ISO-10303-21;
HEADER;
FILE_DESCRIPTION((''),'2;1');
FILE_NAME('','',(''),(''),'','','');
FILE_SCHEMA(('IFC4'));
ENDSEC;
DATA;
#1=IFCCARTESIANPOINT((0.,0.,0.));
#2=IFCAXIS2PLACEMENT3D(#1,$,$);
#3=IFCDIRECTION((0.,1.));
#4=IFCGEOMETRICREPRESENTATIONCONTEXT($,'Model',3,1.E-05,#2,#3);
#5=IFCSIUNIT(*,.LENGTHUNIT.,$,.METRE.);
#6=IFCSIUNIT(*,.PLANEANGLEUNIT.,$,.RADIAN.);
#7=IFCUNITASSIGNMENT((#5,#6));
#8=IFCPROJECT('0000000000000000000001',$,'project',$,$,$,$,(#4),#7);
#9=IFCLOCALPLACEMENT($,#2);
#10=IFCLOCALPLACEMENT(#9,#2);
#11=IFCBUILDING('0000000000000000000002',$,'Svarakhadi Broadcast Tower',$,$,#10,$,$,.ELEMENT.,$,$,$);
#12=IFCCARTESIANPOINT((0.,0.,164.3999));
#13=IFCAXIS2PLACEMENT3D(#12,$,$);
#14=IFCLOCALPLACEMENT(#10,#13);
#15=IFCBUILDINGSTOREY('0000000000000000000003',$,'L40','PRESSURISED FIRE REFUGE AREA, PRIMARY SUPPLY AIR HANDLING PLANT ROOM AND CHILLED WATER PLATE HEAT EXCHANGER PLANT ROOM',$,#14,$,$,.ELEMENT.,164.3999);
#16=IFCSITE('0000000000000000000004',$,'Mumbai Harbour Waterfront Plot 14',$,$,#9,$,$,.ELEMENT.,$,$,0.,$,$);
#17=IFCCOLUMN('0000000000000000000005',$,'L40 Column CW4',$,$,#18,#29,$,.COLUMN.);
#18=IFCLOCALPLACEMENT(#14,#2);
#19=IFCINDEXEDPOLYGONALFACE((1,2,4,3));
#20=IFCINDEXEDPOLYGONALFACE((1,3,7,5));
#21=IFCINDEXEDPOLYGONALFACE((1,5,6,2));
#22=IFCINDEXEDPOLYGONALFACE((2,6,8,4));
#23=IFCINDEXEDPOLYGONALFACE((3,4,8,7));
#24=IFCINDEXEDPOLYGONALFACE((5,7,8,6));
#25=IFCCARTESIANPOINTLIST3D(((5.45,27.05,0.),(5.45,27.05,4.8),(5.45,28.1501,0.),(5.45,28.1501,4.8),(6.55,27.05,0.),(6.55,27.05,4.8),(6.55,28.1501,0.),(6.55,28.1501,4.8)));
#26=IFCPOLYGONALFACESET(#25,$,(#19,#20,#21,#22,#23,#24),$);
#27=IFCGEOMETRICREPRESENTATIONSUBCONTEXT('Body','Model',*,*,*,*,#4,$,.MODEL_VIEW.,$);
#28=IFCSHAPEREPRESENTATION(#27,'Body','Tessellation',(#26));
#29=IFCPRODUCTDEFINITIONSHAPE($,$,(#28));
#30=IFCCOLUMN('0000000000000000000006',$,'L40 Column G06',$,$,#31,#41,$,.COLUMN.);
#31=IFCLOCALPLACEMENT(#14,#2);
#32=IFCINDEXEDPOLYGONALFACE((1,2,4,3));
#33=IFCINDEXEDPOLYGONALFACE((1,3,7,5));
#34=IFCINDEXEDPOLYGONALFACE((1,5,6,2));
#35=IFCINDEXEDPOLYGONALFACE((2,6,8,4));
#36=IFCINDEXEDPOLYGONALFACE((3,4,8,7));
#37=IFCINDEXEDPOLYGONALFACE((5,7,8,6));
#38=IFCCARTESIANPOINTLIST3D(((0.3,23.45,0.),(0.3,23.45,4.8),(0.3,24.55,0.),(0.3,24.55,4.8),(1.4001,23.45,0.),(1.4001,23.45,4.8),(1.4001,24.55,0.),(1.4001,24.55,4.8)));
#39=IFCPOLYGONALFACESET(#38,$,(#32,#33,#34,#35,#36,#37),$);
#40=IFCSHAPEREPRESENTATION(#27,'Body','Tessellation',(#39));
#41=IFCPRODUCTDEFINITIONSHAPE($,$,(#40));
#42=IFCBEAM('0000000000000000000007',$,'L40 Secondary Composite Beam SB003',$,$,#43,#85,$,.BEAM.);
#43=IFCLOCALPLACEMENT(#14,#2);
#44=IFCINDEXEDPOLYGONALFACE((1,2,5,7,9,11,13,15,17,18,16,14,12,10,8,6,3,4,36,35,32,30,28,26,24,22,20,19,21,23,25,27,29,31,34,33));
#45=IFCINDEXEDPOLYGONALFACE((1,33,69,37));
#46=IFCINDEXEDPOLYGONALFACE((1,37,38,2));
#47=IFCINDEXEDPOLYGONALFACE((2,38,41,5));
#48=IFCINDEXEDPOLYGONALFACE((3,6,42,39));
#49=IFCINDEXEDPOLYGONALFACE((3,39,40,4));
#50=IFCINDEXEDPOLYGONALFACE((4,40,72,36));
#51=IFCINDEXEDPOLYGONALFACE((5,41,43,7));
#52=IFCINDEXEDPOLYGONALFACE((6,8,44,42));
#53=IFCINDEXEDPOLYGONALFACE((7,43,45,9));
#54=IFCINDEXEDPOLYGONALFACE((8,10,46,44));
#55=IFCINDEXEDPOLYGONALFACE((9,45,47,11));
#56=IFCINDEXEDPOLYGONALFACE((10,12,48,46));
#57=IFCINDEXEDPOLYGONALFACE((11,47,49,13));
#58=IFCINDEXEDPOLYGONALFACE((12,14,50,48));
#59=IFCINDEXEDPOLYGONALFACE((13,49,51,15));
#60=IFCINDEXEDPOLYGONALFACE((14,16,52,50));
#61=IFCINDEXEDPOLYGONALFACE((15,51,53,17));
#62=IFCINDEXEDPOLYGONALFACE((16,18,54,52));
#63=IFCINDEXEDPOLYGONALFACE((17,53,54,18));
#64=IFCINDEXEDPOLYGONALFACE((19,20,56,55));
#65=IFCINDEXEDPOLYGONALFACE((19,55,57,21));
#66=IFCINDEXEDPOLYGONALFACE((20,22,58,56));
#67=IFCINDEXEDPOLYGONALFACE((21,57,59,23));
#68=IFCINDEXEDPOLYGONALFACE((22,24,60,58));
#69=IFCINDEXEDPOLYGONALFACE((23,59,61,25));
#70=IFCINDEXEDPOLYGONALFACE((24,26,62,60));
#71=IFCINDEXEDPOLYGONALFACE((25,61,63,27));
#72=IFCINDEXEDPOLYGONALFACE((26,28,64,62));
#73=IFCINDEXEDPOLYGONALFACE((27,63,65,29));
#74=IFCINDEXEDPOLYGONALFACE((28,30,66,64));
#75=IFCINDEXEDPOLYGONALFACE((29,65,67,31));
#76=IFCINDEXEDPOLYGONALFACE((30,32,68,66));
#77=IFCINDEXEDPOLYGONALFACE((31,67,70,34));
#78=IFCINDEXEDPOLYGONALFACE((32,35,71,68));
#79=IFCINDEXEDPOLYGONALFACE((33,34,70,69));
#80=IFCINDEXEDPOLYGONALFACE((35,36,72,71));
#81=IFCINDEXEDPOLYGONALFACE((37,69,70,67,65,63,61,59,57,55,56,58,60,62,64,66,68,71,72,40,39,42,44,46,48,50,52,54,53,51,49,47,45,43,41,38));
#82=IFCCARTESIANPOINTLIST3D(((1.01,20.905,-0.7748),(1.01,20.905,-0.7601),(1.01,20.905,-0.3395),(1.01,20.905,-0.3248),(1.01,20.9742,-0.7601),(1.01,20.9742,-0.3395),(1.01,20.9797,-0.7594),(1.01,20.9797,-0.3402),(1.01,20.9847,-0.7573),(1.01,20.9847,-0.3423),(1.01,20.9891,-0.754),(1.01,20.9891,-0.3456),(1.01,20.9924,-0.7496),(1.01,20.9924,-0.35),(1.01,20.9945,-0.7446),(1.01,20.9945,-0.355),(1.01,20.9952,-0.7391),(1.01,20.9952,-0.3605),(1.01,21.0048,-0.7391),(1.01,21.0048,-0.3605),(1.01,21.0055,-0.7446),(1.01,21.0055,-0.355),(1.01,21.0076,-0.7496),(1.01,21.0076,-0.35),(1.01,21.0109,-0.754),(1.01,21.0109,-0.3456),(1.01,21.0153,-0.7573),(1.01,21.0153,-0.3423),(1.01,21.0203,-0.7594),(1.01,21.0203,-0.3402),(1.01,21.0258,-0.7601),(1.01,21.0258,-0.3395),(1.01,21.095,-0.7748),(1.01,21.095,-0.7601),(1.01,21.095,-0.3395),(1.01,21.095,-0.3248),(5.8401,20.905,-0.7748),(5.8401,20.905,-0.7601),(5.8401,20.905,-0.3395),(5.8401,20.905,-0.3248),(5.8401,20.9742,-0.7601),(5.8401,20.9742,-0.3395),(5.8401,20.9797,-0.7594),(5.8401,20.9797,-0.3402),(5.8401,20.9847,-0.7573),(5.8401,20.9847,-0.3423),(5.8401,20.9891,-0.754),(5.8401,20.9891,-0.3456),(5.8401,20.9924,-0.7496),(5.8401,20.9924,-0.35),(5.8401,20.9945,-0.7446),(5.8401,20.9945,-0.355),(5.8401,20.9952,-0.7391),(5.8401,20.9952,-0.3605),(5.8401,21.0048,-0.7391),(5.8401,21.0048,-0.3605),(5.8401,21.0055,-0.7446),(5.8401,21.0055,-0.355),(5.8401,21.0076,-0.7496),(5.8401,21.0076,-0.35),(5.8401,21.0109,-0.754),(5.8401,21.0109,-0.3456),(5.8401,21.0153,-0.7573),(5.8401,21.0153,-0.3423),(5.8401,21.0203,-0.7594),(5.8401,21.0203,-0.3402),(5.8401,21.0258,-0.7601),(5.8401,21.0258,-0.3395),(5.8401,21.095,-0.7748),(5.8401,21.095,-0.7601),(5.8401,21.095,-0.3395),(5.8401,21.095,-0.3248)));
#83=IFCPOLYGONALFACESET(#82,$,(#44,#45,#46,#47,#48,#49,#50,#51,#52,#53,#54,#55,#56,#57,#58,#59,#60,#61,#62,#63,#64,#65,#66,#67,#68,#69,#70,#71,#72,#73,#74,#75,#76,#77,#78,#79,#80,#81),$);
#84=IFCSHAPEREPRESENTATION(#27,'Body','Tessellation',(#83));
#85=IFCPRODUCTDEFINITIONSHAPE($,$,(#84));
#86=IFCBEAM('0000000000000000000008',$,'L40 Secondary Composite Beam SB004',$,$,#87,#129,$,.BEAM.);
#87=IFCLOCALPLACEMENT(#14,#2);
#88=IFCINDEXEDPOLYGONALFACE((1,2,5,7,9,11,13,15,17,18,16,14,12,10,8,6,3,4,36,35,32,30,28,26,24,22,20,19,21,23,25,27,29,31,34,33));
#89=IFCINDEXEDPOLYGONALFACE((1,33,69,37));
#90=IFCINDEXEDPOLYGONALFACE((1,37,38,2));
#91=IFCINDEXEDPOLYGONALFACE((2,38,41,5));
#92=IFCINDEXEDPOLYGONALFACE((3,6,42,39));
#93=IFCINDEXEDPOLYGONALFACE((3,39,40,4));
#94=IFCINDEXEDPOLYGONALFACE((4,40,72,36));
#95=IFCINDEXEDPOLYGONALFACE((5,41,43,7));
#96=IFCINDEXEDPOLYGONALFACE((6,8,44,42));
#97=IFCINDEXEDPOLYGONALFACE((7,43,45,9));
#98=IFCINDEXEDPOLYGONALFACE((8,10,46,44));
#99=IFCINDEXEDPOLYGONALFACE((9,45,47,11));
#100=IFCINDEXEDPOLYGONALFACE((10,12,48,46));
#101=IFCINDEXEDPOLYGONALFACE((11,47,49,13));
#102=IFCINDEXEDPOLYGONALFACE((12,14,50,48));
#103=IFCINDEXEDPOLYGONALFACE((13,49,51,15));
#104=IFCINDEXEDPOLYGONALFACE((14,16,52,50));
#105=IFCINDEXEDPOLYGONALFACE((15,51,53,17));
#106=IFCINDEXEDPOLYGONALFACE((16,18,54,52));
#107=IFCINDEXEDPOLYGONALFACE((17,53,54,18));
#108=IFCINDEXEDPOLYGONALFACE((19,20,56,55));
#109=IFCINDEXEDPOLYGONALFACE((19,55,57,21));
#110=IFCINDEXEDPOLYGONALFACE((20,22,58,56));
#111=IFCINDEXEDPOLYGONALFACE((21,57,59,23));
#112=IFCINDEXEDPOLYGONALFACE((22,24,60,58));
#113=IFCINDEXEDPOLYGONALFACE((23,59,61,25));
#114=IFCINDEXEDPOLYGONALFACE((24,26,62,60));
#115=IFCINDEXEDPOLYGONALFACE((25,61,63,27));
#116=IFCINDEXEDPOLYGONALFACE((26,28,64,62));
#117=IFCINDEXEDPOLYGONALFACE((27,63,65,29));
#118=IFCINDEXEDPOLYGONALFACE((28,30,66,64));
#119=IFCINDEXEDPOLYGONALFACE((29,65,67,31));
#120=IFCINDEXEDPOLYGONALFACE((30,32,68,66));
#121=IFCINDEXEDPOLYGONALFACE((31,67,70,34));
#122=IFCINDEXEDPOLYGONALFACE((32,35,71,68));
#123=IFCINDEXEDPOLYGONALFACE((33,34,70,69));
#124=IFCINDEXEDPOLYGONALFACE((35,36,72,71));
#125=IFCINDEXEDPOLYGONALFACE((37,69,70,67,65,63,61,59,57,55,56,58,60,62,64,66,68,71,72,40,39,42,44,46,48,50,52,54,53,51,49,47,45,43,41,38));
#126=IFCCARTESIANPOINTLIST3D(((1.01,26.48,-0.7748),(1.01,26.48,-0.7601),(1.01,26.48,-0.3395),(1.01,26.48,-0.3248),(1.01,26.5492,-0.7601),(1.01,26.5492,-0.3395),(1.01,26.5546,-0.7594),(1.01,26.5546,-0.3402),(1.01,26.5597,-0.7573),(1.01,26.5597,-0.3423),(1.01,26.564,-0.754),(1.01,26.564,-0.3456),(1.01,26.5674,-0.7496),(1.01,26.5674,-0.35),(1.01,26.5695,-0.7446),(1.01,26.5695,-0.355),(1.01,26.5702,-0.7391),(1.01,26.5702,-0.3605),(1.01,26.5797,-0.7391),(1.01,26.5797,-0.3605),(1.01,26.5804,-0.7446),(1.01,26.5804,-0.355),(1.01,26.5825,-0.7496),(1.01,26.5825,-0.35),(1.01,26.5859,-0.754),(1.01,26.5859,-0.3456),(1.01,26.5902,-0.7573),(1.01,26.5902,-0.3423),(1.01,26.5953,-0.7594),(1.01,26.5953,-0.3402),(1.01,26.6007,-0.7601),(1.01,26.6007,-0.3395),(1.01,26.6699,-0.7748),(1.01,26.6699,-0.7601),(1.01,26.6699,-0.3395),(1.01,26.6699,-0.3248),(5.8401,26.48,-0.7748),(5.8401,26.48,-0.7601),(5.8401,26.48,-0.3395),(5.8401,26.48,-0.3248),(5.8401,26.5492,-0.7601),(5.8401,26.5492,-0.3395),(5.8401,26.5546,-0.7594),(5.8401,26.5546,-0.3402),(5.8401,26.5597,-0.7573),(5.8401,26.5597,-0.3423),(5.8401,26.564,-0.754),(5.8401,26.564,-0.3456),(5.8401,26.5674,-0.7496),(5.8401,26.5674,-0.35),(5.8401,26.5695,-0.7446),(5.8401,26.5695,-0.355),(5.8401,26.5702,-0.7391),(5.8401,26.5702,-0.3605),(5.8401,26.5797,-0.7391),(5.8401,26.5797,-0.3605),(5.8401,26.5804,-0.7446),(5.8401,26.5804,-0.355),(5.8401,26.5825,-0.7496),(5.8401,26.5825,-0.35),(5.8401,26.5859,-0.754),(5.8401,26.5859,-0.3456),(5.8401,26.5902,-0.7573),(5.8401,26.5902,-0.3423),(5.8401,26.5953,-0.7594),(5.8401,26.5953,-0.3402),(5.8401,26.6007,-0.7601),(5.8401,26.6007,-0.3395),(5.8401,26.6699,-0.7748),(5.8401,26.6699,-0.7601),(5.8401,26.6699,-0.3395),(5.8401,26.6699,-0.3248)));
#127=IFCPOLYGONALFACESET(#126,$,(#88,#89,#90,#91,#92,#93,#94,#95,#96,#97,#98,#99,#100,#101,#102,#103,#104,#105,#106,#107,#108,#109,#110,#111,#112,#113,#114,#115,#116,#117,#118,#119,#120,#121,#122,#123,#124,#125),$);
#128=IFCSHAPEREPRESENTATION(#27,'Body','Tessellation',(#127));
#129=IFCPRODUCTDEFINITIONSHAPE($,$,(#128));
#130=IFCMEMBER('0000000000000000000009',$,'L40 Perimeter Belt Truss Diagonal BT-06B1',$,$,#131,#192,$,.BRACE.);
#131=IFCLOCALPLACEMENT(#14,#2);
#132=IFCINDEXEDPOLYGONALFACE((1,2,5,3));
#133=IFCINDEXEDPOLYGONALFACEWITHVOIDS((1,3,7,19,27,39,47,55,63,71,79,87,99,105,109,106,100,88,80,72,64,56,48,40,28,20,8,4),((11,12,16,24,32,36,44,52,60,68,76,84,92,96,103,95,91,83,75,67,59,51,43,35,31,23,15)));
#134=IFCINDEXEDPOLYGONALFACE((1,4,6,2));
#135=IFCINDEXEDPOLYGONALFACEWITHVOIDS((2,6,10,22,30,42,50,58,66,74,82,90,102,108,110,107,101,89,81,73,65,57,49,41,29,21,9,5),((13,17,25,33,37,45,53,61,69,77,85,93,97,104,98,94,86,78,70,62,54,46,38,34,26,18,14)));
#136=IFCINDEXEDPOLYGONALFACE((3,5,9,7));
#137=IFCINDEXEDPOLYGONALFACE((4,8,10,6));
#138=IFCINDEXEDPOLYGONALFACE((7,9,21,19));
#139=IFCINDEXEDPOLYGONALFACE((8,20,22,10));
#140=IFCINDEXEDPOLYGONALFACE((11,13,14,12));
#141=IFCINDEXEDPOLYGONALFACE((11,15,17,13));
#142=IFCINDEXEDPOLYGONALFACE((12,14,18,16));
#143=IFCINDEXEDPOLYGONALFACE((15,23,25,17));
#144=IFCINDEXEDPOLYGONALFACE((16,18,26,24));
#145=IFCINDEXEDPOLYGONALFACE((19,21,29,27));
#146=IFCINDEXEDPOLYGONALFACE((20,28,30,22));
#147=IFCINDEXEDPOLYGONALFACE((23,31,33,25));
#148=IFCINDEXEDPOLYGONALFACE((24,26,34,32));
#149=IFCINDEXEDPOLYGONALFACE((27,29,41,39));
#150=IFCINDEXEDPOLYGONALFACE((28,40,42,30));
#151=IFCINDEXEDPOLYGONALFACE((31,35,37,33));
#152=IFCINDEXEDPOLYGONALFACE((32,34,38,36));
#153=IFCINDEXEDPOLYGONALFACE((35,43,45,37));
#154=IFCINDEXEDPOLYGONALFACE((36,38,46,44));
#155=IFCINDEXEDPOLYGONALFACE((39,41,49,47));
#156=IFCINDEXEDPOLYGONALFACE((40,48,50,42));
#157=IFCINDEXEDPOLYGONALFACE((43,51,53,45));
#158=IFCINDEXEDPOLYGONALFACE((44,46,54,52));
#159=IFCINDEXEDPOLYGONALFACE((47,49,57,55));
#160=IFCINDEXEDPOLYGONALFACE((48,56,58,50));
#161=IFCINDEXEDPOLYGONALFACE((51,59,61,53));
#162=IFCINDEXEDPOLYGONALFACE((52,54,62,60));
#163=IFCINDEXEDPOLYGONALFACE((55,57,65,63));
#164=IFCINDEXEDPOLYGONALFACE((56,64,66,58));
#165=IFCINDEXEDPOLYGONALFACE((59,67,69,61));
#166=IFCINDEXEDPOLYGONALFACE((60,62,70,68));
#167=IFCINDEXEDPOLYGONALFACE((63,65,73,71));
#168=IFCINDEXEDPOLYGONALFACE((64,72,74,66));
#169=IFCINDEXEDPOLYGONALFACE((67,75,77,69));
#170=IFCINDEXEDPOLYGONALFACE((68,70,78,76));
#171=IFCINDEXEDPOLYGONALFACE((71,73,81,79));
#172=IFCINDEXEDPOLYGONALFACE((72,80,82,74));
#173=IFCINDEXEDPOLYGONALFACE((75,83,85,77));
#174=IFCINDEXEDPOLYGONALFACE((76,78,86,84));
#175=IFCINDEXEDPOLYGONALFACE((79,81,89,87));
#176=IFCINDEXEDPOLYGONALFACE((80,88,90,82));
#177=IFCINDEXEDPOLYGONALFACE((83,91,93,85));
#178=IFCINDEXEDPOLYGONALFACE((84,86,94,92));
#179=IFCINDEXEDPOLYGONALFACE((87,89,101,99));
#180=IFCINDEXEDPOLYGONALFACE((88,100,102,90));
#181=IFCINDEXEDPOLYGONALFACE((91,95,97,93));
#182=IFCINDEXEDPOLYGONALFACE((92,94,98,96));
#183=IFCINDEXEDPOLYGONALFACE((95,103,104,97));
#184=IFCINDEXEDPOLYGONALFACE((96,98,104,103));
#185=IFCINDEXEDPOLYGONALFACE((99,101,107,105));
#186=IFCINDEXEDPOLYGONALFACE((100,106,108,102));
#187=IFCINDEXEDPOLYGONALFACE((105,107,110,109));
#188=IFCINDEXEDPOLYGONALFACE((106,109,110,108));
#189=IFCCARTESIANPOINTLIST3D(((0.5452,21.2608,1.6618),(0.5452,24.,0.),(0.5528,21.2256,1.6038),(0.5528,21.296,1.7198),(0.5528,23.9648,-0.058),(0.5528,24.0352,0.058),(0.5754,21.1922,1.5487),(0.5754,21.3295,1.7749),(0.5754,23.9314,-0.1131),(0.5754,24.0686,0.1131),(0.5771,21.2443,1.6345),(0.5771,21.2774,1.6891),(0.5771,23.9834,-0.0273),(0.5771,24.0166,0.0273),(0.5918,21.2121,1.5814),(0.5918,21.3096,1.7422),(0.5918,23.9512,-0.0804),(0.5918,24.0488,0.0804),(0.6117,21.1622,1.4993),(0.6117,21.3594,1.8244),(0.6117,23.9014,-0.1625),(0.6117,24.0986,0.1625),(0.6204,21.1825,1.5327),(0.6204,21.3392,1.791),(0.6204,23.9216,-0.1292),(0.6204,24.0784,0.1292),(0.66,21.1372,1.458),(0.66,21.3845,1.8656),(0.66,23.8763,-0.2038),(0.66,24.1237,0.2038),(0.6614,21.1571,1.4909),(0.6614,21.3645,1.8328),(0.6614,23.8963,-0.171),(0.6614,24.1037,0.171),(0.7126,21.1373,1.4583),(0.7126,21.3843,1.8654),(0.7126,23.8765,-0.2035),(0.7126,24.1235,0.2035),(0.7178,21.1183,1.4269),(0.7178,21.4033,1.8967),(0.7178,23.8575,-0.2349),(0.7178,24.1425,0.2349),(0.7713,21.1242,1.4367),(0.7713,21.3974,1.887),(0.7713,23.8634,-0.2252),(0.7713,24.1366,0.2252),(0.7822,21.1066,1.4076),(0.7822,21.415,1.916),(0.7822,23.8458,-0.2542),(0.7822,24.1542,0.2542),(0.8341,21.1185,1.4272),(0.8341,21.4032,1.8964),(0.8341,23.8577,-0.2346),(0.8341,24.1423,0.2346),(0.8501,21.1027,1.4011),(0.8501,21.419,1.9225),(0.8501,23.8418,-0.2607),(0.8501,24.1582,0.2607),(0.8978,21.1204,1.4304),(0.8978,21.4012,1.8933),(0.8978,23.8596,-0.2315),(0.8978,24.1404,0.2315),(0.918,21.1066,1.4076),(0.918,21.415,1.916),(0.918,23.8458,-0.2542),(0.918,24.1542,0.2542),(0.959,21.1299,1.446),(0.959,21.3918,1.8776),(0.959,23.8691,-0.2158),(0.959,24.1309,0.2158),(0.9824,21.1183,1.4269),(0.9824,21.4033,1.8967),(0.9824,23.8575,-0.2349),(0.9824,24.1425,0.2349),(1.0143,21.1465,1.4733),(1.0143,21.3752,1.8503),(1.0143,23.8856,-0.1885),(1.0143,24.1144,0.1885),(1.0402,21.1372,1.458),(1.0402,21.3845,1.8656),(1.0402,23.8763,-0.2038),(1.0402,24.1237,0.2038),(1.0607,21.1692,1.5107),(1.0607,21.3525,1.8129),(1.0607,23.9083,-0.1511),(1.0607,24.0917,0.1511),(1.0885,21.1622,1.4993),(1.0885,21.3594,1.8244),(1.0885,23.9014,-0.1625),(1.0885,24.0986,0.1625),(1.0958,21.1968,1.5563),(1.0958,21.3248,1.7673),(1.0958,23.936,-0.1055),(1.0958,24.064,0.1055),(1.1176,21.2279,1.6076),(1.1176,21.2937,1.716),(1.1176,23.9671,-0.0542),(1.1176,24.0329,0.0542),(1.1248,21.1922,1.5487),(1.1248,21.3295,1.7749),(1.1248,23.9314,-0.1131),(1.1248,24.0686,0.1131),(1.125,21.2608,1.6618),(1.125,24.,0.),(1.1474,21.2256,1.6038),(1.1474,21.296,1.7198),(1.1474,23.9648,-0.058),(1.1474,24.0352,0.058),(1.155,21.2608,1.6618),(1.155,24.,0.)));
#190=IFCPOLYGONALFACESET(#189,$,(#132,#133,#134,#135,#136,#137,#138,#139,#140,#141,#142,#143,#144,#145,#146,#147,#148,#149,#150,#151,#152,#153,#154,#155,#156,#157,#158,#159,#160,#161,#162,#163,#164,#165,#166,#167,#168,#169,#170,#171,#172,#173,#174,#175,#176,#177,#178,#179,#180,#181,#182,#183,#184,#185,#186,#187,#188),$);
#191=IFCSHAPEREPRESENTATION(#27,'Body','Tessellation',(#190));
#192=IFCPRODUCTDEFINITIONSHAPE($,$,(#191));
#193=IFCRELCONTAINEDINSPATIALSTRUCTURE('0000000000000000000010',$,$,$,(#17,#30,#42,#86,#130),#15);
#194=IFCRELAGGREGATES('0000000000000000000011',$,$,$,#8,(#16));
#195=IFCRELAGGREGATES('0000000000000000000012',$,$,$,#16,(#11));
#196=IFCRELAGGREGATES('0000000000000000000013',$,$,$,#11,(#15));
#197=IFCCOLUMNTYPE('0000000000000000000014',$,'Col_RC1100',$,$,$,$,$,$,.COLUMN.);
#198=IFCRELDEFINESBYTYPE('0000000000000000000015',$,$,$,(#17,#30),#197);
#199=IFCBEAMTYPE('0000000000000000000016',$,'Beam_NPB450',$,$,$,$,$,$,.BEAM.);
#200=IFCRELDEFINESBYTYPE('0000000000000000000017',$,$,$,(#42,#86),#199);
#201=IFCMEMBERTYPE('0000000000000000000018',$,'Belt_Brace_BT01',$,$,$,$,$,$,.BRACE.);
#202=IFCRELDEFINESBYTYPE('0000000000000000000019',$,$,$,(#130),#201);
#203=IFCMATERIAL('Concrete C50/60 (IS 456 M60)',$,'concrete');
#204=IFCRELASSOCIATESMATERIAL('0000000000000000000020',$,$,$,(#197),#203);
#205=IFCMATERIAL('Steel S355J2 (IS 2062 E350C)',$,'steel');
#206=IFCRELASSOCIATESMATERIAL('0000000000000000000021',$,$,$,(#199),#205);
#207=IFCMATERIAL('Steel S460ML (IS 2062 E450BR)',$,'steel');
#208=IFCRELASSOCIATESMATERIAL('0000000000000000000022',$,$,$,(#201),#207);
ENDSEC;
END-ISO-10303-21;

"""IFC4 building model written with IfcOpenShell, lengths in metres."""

from ifc_helpers import new_model, si_unit, direction, frame, origin, origin_2d, place, context, subcontext, project, spatial, rectangle, hollow_circle, i_section, extrude, material, material_profile, profile_set, type_object, element, save


model = new_model("IFC4")

# Units and contexts
model_context = context("Model", 3, precision=1e-05, world=origin(), true_north=direction((0.0, 1.0)))
body_context = subcontext(model_context, "Body", "Model", "MODEL_VIEW")
ifc_project = project(units=[si_unit("LENGTHUNIT", "METRE"), si_unit("PLANEANGLEUNIT", "RADIAN")], contexts=[model_context])

# Site, building, storey
site_placement = place(None, origin())
site = spatial("IfcSite", under=ifc_project, at=site_placement, Name="Mumbai Harbour Waterfront Plot 14", CompositionType="ELEMENT", RefElevation=0.0)
building_placement = place(site_placement, origin())
building = spatial("IfcBuilding", under=site, at=building_placement, Name="Svarakhadi Broadcast Tower", CompositionType="ELEMENT")
storey_placement = place(building_placement, frame((0.0, 0.0, 164.3999)))
storey = spatial("IfcBuildingStorey", under=building, at=storey_placement, Name="L40", Description="PRESSURISED FIRE REFUGE AREA, PRIMARY SUPPLY AIR HANDLING PLANT ROOM AND CHILLED WATER PLATE HEAT EXCHANGER PLANT ROOM", CompositionType="ELEMENT", Elevation=164.3999)

# Columns
ifc_material_1 = material(Name="Concrete C50/60 (IS 456 M60)", Category="concrete")
ifc_material_profile_1 = material_profile(ifc_material_1, rectangle(XDim=1.1001, YDim=1.1001, at=origin_2d()), Name="RC 1100x1100")
ifc_profile_set_1 = profile_set([ifc_material_profile_1], Name="Concrete C50/60 (IS 456 M60)")
column_type = type_object("IfcColumnType", Name="Col_RC1100", PredefinedType="COLUMN", material=ifc_profile_set_1)
for number, where, z_axis, x_axis, name in (
    (1, (6.0, 27.6001, 0.0), (0.0, 0.0, 1.0), (1.0, 0.0, 0.0), "L40 Column CW4"),
    (2, (0.8501, 24.0, 0.0), (0.0, 0.0, 1.0), (1.0, 0.0, 0.0), "L40 Column G06"),
):
    element("IfcColumn", number, at=place(storey_placement, frame(where, z_axis=z_axis, x_axis=x_axis)), inside=storey, type_object=column_type, Name=name, PredefinedType="COLUMN", context=body_context, shape_type="SweptSolid", body=[
        extrude(rectangle(XDim=1.1001, YDim=1.1001, at=origin_2d()), origin(), (0.0, 0.0, 1.0), 4.8),
    ])

# Beams
ifc_material_2 = material(Name="Steel S355J2 (IS 2062 E350C)", Category="steel")
ifc_material_profile_2 = material_profile(ifc_material_2, i_section(OverallWidth=0.1899, OverallDepth=0.45, WebThickness=0.0095, FlangeThickness=0.0146, FilletRadius=0.021, at=origin_2d()), Name="NPB 450x190x78")
ifc_profile_set_2 = profile_set([ifc_material_profile_2], Name="Steel S355J2 (IS 2062 E350C)")
beam_type_1 = type_object("IfcBeamType", Name="Beam_NPB450", PredefinedType="BEAM", material=ifc_profile_set_2)
for number, where, z_axis, x_axis, name in (
    (3, (1.01, 21.0, -0.5498), (1.0, 0.0, 0.0), (0.0, 1.0, 0.0), "L40 Secondary Composite Beam SB003"),
    (4, (1.01, 26.575, -0.5498), (1.0, 0.0, 0.0), (0.0, 1.0, 0.0), "L40 Secondary Composite Beam SB004"),
):
    element("IfcBeam", number, at=place(storey_placement, frame(where, z_axis=z_axis, x_axis=x_axis)), inside=storey, type_object=beam_type_1, Name=name, PredefinedType="BEAM", context=body_context, shape_type="SweptSolid", body=[
        extrude(i_section(OverallWidth=0.1899, OverallDepth=0.45, WebThickness=0.0095, FlangeThickness=0.0146, FilletRadius=0.021, at=origin_2d()), origin(), (0.0, 0.0, 1.0), 4.8301),
    ])

# Member
ifc_material_3 = material(Name="Steel S460ML (IS 2062 E450BR)", Category="steel")
ifc_material_profile_3 = material_profile(ifc_material_3, hollow_circle(Radius=0.3049, WallThickness=0.03, at=origin_2d()), Name="CHS 610x30")
ifc_profile_set_3 = profile_set([ifc_material_profile_3], Name="Steel S460ML (IS 2062 E450BR)")
member_type_1 = type_object("IfcMemberType", Name="Belt_Brace_BT01", PredefinedType="BRACE", material=ifc_profile_set_3)
for number, where, z_axis, x_axis, name in (
    (5, (0.8501, 24.0, 0.0), (0.0, -0.854961, 0.518692), (1.0, 0.0, 0.0), "L40 Perimeter Belt Truss Diagonal BT-06B1"),
):
    element("IfcMember", number, at=place(storey_placement, frame(where, z_axis=z_axis, x_axis=x_axis)), inside=storey, type_object=member_type_1, Name=name, PredefinedType="BRACE", context=body_context, shape_type="SweptSolid", body=[
        extrude(hollow_circle(Radius=0.3049, WallThickness=0.03, at=origin_2d()), origin(), (0.0, 0.0, 1.0), 3.2039),
    ])

save(model, "model.ifc")
